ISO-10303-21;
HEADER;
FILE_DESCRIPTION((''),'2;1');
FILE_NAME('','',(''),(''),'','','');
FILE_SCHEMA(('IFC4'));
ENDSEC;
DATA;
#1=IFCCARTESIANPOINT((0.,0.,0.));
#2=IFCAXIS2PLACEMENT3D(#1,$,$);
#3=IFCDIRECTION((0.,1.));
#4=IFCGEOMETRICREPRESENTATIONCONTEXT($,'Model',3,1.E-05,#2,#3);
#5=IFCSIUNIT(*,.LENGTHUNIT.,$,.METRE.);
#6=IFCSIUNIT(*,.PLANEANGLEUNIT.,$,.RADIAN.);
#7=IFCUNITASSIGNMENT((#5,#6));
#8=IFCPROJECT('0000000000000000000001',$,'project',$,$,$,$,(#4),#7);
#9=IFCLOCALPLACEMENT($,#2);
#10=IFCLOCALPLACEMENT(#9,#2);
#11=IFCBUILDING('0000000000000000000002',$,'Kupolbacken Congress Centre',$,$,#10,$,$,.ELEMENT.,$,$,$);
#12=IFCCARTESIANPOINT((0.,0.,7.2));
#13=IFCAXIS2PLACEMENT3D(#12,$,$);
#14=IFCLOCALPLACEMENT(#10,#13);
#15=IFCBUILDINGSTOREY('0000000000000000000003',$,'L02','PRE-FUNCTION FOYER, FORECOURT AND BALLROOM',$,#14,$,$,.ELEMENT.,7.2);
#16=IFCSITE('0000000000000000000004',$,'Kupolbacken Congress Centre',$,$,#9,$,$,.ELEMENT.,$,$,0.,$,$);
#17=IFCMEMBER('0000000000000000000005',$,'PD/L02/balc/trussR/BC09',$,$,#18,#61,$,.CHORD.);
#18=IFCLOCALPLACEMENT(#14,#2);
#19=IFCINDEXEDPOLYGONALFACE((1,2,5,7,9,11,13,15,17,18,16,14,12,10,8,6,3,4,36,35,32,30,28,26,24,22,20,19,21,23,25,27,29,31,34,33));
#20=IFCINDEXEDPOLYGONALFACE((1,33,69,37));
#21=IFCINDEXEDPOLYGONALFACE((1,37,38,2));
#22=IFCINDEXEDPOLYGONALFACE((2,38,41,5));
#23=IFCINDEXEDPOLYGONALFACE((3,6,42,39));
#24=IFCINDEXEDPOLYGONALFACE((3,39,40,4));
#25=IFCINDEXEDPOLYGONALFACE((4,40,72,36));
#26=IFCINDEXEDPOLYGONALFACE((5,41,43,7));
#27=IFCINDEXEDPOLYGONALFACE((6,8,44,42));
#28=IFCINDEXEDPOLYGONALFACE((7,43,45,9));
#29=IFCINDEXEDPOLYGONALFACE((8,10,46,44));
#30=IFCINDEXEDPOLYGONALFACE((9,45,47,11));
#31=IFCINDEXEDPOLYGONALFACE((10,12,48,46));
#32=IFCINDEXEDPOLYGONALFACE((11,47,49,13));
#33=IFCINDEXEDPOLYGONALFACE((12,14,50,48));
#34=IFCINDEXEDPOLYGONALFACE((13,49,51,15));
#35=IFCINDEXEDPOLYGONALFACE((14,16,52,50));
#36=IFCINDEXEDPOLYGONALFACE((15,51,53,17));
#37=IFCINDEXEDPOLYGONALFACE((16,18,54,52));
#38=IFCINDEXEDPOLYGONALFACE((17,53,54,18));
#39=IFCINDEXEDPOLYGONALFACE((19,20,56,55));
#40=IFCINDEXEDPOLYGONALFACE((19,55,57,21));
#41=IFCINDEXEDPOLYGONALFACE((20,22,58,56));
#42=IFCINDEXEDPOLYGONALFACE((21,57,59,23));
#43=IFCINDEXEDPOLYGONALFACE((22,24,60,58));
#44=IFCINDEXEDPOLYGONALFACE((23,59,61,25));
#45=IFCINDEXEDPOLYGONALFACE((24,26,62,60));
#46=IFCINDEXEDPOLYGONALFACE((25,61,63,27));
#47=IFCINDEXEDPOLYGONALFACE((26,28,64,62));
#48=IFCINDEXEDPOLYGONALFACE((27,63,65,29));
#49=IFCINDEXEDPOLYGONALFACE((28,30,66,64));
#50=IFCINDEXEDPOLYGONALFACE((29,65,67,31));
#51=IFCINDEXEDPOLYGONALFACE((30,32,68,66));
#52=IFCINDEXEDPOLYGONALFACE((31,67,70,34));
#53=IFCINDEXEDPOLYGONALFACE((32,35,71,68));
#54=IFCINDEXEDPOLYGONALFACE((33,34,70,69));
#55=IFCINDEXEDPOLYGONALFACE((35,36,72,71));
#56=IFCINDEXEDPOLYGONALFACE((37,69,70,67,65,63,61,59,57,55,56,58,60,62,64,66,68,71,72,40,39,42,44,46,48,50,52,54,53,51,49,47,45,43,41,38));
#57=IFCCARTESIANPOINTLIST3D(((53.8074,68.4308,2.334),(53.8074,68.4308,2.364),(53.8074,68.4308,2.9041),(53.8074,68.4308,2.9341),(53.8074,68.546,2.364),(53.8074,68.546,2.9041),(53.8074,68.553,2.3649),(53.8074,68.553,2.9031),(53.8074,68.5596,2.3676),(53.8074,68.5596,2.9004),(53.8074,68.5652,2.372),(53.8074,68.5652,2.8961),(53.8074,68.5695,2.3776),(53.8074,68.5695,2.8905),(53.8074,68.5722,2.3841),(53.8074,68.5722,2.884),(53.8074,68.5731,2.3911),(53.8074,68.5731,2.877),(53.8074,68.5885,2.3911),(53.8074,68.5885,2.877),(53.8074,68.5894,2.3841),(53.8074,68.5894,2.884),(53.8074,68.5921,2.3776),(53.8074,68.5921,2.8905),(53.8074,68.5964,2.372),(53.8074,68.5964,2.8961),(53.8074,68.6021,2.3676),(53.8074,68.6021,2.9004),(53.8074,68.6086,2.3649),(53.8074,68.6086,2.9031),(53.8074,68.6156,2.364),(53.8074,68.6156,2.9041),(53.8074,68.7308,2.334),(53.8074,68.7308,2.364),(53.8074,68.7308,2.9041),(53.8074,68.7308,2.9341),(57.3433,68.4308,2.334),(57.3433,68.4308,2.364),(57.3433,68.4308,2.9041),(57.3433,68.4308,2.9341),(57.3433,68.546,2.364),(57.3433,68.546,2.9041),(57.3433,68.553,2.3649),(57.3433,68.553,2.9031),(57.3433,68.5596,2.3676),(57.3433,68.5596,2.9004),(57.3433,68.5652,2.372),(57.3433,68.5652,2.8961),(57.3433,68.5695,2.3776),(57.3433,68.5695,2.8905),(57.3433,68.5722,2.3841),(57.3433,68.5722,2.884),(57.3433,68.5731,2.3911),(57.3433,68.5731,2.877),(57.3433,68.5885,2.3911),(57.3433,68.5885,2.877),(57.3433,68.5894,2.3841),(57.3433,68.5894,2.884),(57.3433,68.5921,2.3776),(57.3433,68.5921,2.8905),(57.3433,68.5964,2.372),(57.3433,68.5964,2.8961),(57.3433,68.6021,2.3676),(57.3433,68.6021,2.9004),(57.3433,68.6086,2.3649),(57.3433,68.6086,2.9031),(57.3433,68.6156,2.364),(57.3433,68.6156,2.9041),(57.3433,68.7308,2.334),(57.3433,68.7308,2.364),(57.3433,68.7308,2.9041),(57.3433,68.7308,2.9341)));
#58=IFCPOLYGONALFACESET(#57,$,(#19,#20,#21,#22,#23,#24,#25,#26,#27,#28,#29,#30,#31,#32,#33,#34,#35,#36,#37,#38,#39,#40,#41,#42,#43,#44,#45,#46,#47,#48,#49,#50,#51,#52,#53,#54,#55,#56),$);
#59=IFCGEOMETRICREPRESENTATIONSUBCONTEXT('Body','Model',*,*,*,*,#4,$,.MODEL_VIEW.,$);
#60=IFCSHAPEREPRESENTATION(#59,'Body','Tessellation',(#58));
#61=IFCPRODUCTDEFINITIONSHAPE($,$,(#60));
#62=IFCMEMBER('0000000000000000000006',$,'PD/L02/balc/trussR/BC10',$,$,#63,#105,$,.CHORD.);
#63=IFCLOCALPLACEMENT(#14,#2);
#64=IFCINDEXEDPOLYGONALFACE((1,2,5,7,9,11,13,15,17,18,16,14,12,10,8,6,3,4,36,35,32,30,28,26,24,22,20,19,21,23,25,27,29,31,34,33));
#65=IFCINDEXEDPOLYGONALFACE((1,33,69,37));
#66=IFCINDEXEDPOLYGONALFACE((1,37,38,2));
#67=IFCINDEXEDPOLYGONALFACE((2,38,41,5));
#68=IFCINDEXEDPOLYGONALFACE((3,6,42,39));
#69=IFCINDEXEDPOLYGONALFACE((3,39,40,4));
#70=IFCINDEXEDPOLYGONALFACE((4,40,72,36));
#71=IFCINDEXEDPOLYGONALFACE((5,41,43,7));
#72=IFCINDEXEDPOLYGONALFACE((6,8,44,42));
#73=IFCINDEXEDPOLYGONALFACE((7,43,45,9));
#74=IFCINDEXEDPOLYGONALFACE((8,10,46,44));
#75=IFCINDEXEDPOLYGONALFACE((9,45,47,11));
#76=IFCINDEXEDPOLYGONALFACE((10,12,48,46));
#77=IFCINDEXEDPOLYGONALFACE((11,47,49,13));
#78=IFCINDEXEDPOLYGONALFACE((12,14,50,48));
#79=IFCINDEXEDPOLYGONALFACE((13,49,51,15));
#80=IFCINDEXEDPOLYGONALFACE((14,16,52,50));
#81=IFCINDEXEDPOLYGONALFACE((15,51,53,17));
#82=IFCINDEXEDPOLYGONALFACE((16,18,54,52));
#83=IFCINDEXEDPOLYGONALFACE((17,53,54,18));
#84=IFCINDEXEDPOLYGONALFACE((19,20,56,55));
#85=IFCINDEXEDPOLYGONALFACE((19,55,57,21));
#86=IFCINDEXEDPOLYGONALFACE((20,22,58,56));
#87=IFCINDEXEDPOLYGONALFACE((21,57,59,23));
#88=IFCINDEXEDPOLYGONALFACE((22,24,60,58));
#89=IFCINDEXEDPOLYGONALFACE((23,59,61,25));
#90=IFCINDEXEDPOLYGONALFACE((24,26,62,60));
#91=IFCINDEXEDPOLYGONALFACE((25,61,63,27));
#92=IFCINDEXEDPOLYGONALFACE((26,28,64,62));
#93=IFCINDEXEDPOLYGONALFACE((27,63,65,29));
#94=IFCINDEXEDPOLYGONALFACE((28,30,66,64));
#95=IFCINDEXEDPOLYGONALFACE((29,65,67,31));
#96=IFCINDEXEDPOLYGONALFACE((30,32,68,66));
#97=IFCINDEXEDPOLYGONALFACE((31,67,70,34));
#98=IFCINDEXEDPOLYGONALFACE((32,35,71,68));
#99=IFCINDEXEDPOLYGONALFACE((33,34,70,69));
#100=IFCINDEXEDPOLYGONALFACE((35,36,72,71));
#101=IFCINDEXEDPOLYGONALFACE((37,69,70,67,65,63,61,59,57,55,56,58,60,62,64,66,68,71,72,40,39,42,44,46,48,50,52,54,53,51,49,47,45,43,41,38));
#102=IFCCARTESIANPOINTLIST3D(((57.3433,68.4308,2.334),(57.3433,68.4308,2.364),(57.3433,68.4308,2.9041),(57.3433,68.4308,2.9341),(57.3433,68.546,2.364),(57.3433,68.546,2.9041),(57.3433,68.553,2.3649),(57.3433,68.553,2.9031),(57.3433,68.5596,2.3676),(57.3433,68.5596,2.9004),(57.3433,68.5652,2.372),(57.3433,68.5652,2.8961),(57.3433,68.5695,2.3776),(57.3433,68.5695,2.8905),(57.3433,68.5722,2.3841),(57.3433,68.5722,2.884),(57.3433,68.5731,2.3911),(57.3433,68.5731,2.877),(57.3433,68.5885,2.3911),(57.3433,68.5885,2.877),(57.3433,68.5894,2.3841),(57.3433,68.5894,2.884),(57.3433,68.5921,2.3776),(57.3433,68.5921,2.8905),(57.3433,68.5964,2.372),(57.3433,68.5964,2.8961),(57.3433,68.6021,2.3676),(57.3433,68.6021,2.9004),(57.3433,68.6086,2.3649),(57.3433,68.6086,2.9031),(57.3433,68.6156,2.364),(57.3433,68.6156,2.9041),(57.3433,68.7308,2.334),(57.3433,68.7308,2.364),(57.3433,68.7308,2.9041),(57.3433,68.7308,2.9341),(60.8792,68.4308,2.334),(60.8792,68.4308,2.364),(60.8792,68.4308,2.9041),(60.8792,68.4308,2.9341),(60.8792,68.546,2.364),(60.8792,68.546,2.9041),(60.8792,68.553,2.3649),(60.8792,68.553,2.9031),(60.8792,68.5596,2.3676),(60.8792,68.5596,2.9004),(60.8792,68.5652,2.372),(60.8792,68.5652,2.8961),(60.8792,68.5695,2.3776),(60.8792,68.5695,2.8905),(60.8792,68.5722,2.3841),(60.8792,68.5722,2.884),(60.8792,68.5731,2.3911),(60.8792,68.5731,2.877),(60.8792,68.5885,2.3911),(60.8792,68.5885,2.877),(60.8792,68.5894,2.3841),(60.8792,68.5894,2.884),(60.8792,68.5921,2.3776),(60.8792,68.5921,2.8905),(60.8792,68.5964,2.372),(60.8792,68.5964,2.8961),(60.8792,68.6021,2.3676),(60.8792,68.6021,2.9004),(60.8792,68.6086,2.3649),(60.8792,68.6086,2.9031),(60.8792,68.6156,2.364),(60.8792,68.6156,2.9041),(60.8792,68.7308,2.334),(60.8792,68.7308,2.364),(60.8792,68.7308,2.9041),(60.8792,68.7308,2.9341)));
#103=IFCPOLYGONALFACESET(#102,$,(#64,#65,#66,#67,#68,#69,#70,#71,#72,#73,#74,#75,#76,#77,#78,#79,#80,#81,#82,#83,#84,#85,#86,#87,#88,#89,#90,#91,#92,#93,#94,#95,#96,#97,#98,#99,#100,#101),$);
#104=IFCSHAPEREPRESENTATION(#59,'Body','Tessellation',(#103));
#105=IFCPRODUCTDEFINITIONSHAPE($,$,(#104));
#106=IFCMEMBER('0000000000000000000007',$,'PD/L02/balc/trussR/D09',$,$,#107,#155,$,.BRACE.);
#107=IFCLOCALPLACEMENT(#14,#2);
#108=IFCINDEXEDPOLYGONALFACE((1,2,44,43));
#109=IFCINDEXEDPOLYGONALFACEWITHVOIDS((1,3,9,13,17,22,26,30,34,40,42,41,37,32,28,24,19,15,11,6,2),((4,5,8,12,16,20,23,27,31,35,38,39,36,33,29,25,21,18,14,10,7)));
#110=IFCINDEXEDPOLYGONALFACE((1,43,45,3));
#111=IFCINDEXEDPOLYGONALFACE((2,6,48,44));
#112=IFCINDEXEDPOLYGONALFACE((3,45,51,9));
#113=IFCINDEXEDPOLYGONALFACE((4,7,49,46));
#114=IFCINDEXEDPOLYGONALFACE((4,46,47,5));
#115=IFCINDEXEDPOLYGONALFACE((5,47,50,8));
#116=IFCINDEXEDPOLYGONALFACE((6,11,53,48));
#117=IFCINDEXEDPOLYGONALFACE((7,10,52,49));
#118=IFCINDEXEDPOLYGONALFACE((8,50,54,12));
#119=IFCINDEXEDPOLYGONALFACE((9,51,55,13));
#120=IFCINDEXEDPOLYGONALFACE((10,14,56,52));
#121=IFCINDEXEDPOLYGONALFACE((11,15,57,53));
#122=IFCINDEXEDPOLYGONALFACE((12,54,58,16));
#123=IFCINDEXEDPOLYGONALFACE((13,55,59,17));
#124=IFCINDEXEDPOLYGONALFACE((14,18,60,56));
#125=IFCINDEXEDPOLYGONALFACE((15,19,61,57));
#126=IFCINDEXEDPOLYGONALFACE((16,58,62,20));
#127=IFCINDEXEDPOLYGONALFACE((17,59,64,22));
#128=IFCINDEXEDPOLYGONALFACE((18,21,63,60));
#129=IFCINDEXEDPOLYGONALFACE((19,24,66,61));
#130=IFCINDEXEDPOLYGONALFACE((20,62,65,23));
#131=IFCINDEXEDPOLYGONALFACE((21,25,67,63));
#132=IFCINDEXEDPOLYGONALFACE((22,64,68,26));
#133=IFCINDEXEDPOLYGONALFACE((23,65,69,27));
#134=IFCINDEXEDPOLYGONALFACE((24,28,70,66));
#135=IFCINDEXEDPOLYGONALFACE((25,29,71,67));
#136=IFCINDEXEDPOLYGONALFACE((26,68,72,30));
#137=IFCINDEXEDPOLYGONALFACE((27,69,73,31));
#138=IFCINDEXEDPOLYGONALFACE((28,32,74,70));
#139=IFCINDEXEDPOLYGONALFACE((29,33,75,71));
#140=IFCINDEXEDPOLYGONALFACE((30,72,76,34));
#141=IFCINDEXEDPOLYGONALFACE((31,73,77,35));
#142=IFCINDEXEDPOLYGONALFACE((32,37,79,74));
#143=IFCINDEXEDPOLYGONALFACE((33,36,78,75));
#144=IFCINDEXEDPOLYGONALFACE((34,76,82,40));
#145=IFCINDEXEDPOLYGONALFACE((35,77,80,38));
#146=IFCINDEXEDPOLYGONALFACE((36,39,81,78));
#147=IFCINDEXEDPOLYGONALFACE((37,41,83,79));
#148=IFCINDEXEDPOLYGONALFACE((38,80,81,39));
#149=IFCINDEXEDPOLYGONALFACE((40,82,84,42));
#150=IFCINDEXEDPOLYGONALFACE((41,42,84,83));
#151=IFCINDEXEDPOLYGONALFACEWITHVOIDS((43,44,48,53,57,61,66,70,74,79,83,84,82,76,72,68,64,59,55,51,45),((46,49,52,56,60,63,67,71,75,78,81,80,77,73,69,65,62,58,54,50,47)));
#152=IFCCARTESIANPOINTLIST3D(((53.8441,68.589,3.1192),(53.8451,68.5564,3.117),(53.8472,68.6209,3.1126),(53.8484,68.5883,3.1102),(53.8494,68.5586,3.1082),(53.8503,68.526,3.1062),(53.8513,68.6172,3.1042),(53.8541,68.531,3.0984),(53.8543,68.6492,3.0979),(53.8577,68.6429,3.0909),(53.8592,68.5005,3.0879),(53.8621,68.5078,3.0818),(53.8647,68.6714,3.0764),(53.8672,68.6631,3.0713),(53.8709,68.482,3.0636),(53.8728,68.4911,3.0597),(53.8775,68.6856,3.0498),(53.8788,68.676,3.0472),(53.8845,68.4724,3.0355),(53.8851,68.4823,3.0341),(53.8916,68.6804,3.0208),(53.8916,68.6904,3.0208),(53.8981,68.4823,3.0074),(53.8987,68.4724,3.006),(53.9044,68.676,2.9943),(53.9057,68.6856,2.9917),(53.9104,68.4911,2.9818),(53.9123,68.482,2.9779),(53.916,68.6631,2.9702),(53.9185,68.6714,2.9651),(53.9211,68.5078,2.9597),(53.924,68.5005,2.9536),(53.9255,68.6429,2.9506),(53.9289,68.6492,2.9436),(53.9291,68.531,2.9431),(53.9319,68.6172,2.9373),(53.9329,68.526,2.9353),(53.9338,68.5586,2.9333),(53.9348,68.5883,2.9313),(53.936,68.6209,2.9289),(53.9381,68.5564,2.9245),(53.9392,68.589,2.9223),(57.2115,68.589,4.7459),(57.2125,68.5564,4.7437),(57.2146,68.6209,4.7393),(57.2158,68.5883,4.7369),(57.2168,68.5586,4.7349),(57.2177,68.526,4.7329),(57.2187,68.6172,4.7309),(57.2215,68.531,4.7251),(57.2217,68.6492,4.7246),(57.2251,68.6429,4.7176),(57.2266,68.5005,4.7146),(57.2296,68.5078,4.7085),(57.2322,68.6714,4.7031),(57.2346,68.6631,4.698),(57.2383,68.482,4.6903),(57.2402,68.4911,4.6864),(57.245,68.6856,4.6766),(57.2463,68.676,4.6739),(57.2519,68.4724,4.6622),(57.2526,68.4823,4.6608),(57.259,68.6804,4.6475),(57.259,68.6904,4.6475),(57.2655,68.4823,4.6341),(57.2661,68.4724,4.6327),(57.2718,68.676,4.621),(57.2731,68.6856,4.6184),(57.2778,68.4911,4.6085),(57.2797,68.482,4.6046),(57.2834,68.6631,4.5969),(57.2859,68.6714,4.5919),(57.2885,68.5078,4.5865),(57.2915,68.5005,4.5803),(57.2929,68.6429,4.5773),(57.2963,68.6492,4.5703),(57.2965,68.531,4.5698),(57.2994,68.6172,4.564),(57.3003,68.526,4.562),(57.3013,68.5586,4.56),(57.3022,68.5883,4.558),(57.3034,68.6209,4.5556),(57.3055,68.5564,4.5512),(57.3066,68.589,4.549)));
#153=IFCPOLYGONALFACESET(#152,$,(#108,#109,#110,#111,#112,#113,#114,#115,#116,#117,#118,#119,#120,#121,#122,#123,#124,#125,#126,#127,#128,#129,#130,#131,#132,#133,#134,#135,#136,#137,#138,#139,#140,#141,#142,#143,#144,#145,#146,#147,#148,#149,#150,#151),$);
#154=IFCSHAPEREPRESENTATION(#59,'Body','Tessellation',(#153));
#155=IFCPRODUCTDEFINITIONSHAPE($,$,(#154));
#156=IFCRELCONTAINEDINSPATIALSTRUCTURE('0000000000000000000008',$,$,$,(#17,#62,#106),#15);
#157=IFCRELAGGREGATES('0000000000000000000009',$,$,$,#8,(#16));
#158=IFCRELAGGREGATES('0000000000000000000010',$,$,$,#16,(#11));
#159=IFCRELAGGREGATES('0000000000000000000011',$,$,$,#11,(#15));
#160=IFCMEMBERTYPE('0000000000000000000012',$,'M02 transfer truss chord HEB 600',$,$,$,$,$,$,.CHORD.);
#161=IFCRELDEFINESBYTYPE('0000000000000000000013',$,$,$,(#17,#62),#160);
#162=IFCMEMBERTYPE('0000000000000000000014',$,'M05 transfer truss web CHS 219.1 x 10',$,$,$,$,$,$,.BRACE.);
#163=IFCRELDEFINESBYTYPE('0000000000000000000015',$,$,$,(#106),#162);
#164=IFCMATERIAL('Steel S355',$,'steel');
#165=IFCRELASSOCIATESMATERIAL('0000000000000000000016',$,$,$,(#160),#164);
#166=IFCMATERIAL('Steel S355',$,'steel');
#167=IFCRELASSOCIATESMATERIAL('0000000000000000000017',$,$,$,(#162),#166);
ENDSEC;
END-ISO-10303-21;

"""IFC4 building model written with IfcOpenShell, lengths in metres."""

from ifc_helpers import new_model, si_unit, direction, frame, origin, origin_2d, place, context, subcontext, project, spatial, hollow_circle, i_section, extrude, material, material_profile, profile_set, type_object, element, save


model = new_model("IFC4")

# Units and contexts
model_context = context("Model", 3, precision=1e-05, world=origin(), true_north=direction((0.0, 1.0)))
body_context = subcontext(model_context, "Body", "Model", "MODEL_VIEW")
ifc_project = project(units=[si_unit("LENGTHUNIT", "METRE"), si_unit("PLANEANGLEUNIT", "RADIAN")], contexts=[model_context])

# Site, building, storey
site_placement = place(None, origin())
site = spatial("IfcSite", under=ifc_project, at=site_placement, Name="Kupolbacken Congress Centre", CompositionType="ELEMENT", RefElevation=0.0)
building_placement = place(site_placement, origin())
building = spatial("IfcBuilding", under=site, at=building_placement, Name="Kupolbacken Congress Centre", CompositionType="ELEMENT")
storey_placement = place(building_placement, frame((0.0, 0.0, 7.2)))
storey = spatial("IfcBuildingStorey", under=building, at=storey_placement, Name="L02", Description="PRE-FUNCTION FOYER, FORECOURT AND BALLROOM", CompositionType="ELEMENT", Elevation=7.2)

# Members
ifc_material_1 = material(Name="Steel S355", Category="steel")
ifc_material_profile_1 = material_profile(ifc_material_1, i_section(OverallWidth=0.3, OverallDepth=0.6001, WebThickness=0.0154, FlangeThickness=0.03, FilletRadius=0.0271, at=origin_2d()), Name="HEB 600")
ifc_profile_set_1 = profile_set([ifc_material_profile_1], Name="Steel S355")
member_type_1 = type_object("IfcMemberType", Name="M02 transfer truss chord HEB 600", PredefinedType="CHORD", material=ifc_profile_set_1)
for number, where, z_axis, x_axis, name in (
    (1, (53.8074, 68.5808, 2.634), (1.0, 0.0, 0.0), (0.0, 1.0, 0.0), "PD/L02/balc/trussR/BC09"),
    (2, (57.3433, 68.5808, 2.634), (1.0, 0.0, 0.0), (0.0, 1.0, 0.0), "PD/L02/balc/trussR/BC10"),
):
    element("IfcMember", number, at=place(storey_placement, frame(where, z_axis=z_axis, x_axis=x_axis)), inside=storey, type_object=member_type_1, Name=name, PredefinedType="CHORD", context=body_context, shape_type="SweptSolid", body=[
        extrude(i_section(OverallWidth=0.3, OverallDepth=0.6001, WebThickness=0.0154, FlangeThickness=0.03, FilletRadius=0.0271, at=origin_2d()), origin(), (0.0, 0.0, 1.0), 3.5359),
    ])
ifc_material_2 = material(Name="Steel S355", Category="steel")
ifc_material_profile_2 = material_profile(ifc_material_2, hollow_circle(Radius=0.1096, WallThickness=0.01, at=origin_2d()), Name="CHS 219.1 x 10")
ifc_profile_set_2 = profile_set([ifc_material_profile_2], Name="Steel S355")
member_type_2 = type_object("IfcMemberType", Name="M05 transfer truss web CHS 219.1 x 10", PredefinedType="BRACE", material=ifc_profile_set_2)
member_1_placement = place(storey_placement, frame((53.8916, 68.5808, 3.0208), z_axis=(0.900441, 0.0, 0.434977), x_axis=(0.0, 1.0, 0.0)))
element("IfcMember", 3, at=member_1_placement, inside=storey, type_object=member_type_2, Name="PD/L02/balc/trussR/D09", PredefinedType="BRACE", context=body_context, shape_type="SweptSolid", body=[
    extrude(hollow_circle(Radius=0.1096, WallThickness=0.01, at=origin_2d()), origin(), (0.0, 0.0, 1.0), 3.7397),
])

save(model, "model.ifc")
